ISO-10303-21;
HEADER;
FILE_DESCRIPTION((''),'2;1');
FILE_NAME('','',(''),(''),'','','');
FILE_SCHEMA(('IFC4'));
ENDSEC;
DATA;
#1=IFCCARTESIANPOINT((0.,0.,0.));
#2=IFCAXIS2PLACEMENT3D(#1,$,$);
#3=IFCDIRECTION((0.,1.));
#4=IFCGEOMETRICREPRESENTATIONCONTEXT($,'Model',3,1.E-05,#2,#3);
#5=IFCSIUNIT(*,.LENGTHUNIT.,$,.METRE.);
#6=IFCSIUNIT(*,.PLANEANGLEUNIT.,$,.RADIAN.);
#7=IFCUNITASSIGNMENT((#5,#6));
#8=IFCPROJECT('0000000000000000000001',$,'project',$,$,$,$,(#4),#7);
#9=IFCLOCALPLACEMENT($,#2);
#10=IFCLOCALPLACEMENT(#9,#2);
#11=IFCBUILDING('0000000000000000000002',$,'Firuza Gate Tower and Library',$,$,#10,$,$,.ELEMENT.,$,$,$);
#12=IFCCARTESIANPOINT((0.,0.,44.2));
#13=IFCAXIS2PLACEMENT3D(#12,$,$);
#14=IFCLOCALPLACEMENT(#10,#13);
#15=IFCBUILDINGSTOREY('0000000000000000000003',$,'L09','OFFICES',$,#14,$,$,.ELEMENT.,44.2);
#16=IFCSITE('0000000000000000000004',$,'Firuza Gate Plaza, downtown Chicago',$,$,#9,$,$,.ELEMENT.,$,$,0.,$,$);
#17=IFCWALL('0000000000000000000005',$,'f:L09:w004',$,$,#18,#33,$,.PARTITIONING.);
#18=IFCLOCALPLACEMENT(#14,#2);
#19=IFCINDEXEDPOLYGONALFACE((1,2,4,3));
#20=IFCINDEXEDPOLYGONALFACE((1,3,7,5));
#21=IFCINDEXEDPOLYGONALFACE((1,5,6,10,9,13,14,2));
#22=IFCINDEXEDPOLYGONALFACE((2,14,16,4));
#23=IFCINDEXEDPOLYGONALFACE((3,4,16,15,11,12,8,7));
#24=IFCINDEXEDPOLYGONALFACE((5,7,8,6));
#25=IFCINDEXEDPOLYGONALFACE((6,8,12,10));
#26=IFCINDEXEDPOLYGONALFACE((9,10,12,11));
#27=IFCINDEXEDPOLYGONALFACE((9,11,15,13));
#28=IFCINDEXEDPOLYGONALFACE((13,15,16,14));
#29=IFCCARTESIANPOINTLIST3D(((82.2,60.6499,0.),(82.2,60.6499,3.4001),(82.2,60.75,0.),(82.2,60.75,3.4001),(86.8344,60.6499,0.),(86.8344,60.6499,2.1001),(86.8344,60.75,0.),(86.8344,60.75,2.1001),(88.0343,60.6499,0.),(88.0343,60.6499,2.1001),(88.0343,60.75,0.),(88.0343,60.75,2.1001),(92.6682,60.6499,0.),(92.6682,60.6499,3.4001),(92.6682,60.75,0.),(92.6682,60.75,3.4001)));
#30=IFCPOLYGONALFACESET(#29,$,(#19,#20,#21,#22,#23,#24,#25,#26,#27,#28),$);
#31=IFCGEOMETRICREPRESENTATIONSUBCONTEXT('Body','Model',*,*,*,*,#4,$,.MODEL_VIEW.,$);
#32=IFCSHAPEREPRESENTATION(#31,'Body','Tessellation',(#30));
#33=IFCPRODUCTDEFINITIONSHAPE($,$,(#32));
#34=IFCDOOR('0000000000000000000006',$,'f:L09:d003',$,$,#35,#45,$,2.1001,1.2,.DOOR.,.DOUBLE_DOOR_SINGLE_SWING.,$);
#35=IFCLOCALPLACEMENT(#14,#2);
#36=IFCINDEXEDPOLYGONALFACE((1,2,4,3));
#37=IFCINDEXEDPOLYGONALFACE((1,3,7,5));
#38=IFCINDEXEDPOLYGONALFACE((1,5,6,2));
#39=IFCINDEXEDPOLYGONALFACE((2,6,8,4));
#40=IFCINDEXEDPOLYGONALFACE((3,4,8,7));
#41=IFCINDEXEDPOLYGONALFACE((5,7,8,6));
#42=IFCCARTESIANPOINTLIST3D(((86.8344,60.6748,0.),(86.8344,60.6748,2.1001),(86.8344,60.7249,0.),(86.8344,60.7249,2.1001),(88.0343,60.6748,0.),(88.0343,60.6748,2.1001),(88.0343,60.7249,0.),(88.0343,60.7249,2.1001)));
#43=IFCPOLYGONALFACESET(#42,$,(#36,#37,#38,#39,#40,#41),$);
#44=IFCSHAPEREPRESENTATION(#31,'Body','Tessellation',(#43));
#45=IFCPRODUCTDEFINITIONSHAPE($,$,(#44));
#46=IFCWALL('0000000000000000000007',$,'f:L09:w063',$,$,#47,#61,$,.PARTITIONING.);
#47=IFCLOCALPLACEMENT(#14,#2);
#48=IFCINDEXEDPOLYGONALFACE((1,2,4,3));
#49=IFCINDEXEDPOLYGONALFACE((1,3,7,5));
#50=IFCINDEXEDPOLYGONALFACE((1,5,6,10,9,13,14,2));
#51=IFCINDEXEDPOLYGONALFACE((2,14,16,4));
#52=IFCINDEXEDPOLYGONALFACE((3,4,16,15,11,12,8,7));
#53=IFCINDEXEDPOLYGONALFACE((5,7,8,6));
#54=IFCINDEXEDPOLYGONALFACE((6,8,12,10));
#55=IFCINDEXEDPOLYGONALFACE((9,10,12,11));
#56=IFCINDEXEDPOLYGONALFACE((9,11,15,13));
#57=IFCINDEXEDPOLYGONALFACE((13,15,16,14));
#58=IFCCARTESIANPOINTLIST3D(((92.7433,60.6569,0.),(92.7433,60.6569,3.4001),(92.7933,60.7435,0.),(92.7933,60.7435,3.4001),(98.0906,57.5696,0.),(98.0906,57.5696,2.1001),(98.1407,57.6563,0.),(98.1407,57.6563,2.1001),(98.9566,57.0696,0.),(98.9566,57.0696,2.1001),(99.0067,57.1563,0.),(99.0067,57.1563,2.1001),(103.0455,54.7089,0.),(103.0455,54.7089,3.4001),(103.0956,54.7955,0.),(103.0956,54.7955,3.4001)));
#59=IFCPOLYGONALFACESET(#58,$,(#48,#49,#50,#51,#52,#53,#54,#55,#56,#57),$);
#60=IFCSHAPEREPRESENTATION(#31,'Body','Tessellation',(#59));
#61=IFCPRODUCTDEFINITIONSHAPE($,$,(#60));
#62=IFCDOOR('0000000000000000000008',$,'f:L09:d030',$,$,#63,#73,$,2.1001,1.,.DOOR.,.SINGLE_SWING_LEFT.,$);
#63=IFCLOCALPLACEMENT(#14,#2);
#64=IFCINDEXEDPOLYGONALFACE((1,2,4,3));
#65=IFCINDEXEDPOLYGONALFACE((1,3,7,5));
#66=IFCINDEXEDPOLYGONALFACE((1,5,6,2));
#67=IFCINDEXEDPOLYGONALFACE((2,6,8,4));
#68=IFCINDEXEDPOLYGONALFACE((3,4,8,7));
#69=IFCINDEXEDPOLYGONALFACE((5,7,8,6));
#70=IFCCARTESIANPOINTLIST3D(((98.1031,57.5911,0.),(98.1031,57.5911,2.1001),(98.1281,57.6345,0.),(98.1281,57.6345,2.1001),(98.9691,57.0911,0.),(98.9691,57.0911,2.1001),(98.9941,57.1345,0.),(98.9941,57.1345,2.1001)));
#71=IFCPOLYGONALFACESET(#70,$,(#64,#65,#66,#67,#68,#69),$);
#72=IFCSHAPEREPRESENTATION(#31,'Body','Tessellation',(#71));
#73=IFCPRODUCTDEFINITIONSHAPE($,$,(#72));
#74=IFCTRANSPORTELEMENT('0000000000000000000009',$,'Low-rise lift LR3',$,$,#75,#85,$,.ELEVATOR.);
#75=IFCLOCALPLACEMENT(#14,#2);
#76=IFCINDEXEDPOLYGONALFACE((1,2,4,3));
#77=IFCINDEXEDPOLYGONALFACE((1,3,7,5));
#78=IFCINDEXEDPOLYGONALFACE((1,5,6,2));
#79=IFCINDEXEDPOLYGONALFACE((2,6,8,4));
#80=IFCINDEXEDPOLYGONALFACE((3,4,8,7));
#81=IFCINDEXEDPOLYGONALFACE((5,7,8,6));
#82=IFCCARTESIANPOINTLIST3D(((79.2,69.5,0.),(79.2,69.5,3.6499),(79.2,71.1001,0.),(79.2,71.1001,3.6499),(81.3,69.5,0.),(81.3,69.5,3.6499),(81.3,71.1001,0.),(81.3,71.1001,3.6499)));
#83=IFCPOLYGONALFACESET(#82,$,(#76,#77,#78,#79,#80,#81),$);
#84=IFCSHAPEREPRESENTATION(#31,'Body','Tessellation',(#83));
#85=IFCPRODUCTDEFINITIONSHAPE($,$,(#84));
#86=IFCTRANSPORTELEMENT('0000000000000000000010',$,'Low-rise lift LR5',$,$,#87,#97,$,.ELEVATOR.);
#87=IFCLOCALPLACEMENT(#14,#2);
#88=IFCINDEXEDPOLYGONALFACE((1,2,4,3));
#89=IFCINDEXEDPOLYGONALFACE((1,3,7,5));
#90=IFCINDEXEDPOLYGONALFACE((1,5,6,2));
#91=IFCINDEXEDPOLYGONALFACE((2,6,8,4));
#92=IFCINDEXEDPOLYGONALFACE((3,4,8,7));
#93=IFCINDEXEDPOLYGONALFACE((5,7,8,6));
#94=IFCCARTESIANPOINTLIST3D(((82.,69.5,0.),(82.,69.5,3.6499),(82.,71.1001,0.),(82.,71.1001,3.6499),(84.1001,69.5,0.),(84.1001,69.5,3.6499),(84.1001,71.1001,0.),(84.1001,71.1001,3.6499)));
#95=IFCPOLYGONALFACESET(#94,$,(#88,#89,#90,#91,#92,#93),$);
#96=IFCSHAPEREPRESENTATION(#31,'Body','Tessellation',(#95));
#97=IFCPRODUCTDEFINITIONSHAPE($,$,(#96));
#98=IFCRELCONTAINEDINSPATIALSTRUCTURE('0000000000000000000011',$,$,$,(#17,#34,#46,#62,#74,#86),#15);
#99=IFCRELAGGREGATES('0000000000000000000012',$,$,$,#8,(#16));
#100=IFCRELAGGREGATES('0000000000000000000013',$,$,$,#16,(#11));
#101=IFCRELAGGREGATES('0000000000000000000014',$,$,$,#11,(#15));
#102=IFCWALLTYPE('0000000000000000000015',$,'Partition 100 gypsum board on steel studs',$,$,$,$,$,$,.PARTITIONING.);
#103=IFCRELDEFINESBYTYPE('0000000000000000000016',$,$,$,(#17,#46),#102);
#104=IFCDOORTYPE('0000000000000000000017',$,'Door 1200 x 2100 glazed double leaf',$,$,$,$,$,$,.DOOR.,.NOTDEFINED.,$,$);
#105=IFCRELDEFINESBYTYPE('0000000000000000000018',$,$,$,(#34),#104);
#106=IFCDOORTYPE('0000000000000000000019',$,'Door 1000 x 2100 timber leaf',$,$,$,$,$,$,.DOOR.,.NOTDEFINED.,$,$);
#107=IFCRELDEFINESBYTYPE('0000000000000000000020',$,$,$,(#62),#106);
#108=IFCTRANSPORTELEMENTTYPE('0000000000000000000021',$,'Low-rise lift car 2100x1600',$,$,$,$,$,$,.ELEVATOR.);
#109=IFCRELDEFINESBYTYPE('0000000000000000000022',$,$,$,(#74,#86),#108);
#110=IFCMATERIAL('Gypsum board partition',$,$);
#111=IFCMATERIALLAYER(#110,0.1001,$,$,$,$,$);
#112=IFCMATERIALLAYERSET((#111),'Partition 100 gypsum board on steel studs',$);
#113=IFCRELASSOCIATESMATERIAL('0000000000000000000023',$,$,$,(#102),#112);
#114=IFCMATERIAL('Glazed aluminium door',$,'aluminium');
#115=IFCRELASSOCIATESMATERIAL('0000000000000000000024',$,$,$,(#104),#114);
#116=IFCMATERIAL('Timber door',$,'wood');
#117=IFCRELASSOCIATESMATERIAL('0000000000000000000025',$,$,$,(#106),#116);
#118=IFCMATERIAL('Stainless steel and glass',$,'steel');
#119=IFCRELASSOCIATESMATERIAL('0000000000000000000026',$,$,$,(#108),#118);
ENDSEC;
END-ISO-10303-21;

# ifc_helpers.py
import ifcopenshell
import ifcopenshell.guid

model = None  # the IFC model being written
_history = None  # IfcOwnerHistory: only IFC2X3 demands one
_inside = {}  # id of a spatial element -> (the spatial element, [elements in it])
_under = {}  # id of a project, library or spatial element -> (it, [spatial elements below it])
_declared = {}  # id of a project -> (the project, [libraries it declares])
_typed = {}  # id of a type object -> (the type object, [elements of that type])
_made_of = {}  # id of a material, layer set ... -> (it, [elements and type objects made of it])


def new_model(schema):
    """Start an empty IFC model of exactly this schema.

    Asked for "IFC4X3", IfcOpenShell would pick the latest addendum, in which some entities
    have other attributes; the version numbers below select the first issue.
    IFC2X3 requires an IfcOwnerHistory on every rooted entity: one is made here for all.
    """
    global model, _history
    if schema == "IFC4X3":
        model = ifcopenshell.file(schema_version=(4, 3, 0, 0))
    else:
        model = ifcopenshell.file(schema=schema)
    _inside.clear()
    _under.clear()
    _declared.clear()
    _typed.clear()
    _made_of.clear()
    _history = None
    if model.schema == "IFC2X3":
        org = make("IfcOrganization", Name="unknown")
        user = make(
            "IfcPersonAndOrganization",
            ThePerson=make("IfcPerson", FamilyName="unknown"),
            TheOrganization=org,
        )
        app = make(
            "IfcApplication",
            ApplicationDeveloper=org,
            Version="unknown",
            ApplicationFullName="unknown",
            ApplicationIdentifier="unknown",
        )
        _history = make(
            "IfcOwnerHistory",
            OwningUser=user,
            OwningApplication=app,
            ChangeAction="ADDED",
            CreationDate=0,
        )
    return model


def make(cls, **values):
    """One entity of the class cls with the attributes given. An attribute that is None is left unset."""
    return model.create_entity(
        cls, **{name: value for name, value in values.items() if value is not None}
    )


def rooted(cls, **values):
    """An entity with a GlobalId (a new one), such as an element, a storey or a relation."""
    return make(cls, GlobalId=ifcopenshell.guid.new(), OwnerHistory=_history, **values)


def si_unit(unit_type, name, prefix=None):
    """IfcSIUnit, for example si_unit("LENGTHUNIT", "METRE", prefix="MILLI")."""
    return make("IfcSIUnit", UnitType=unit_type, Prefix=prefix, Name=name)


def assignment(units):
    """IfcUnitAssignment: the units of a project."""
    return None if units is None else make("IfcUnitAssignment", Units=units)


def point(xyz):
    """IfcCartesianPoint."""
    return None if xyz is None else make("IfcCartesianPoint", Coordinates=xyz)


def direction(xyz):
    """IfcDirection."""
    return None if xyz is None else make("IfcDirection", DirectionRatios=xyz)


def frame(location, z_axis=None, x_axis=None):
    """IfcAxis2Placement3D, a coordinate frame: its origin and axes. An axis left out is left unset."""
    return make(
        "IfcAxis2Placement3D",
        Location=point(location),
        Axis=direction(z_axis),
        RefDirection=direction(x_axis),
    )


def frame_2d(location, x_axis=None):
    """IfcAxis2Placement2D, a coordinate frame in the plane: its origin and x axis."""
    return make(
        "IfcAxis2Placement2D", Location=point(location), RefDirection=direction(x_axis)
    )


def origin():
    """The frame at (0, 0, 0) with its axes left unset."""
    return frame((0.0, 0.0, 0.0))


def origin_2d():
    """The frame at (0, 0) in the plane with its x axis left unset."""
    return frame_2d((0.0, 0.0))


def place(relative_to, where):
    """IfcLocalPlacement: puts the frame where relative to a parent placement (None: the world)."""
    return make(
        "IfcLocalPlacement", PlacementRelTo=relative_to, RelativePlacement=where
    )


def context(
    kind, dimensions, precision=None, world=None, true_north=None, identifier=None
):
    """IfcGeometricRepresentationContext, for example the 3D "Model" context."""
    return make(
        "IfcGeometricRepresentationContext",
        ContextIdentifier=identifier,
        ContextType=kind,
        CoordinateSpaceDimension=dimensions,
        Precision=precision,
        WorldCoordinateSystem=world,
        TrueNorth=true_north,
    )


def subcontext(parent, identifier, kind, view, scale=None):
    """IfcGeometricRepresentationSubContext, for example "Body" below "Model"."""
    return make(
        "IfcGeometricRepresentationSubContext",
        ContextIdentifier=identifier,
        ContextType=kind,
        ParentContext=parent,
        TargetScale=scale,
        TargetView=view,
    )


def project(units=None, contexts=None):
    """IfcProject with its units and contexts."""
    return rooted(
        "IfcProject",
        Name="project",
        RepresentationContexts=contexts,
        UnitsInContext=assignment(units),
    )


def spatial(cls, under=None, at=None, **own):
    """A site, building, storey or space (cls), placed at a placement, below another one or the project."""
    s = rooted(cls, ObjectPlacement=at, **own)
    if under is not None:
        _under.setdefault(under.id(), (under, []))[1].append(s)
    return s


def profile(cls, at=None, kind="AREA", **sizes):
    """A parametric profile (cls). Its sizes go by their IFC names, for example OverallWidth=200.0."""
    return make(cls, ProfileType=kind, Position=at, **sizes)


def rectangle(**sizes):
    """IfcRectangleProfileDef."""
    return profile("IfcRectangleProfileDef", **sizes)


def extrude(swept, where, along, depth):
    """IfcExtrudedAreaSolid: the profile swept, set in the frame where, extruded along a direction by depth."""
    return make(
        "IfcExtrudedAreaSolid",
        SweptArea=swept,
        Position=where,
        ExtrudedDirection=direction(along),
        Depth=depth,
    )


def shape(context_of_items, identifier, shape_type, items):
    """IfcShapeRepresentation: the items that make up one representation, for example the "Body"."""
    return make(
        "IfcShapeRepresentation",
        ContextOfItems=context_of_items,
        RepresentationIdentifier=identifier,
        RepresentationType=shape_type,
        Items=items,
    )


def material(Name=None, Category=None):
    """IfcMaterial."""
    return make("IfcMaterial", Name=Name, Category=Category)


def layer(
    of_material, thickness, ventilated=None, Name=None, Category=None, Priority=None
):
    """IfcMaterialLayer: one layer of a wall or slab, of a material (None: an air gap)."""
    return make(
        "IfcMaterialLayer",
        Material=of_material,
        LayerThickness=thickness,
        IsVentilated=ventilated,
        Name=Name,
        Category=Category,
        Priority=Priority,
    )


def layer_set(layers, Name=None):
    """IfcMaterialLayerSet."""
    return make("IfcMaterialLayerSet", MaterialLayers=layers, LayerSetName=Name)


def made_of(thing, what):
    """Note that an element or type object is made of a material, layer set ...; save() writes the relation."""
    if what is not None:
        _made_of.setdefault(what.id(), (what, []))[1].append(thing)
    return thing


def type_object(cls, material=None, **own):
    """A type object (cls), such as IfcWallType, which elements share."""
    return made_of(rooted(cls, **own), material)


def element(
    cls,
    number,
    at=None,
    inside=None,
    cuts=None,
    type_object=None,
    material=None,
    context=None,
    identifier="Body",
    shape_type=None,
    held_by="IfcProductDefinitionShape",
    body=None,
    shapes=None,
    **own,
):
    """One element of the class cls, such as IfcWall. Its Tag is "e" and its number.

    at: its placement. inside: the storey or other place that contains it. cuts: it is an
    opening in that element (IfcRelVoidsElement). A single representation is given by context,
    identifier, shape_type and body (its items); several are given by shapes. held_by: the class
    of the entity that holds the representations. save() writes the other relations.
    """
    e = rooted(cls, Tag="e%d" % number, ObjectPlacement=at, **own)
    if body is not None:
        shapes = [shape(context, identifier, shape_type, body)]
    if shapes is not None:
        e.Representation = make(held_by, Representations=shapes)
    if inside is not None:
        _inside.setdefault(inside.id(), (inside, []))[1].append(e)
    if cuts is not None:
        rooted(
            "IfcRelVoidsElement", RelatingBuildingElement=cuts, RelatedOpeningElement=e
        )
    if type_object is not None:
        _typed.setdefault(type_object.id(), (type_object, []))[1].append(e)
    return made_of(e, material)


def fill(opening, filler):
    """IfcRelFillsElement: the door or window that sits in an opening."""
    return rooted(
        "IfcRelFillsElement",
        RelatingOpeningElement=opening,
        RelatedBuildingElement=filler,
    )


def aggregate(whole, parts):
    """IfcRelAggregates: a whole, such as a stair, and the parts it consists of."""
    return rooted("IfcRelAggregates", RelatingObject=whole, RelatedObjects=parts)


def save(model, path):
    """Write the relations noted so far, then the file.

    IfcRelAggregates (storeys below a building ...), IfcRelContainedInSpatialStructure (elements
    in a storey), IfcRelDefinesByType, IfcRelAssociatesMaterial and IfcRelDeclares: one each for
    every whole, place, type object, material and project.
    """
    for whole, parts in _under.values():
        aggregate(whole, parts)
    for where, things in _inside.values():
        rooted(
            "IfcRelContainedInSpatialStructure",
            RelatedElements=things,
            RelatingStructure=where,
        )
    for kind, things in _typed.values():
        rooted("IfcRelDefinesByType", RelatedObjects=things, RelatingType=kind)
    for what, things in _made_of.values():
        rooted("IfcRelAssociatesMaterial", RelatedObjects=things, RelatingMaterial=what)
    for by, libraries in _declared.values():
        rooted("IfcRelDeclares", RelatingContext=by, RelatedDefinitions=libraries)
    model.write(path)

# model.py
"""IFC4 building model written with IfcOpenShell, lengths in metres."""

from ifc_helpers import new_model, si_unit, direction, frame, frame_2d, origin, origin_2d, place, context, subcontext, project, spatial, rectangle, extrude, material, layer, layer_set, type_object, element, fill, save


model = new_model("IFC4")

# Units and contexts
model_context = context("Model", 3, precision=1e-05, world=origin(), true_north=direction((0.0, 1.0)))
body_context = subcontext(model_context, "Body", "Model", "MODEL_VIEW")
ifc_project = project(units=[si_unit("LENGTHUNIT", "METRE"), si_unit("PLANEANGLEUNIT", "RADIAN")], contexts=[model_context])

# Site, building, storey
site_placement = place(None, origin())
site = spatial("IfcSite", under=ifc_project, at=site_placement, Name="Firuza Gate Plaza, downtown Chicago", CompositionType="ELEMENT", RefElevation=0.0)
building_placement = place(site_placement, origin())
building = spatial("IfcBuilding", under=site, at=building_placement, Name="Firuza Gate Tower and Library", CompositionType="ELEMENT")
storey_placement = place(building_placement, frame((0.0, 0.0, 44.2)))
storey = spatial("IfcBuildingStorey", under=building, at=storey_placement, Name="L09", Description="OFFICES", CompositionType="ELEMENT", Elevation=44.2)

# Walls, openings, doors
ifc_material_1 = material(Name="Gypsum board partition")
ifc_layer_1 = layer(ifc_material_1, 0.1001)
ifc_layer_set_1 = layer_set([ifc_layer_1], Name="Partition 100 gypsum board on steel studs")
wall_type_1 = type_object("IfcWallType", Name="Partition 100 gypsum board on steel studs", PredefinedType="PARTITIONING", material=ifc_layer_set_1)
wall_1_placement = place(storey_placement, frame((82.2, 60.7, 0.0), z_axis=(0.0, 0.0, 1.0), x_axis=(1.0, 0.0, 0.0)))
wall_1 = element("IfcWall", 1, at=wall_1_placement, inside=storey, type_object=wall_type_1, Name="f:L09:w004", PredefinedType="PARTITIONING", context=body_context, shape_type="SweptSolid", body=[
    extrude(rectangle(XDim=10.4683, YDim=0.1001, at=frame_2d((5.2341, 0.0))), origin(), (0.0, 0.0, 1.0), 3.4001),
])
opening_1_placement = place(wall_1_placement, frame((4.6343, 0.0, 0.0)))
opening_1 = element("IfcOpeningElement", 2, at=opening_1_placement, cuts=wall_1, PredefinedType="OPENING", context=body_context, shape_type="SweptSolid", body=[
    extrude(rectangle(XDim=1.2, YDim=2.1001, at=frame_2d((0.6001, 1.05))), frame((0.0, 0.0601, 0.0), z_axis=(0.0, -1.0, 0.0), x_axis=(1.0, 0.0, 0.0)), (0.0, 0.0, 1.0), 0.1201),
])
ifc_material_2 = material(Name="Glazed aluminium door", Category="aluminium")
door_type_1 = type_object("IfcDoorType", Name="Door 1200 x 2100 glazed double leaf", OperationType="NOTDEFINED", PredefinedType="DOOR", material=ifc_material_2)
door_1_placement = place(opening_1_placement, origin())
door_1 = element("IfcDoor", 3, at=door_1_placement, inside=storey, type_object=door_type_1, Name="f:L09:d003", OperationType="DOUBLE_DOOR_SINGLE_SWING", OverallHeight=2.1001, OverallWidth=1.2, PredefinedType="DOOR", context=body_context, shape_type="SweptSolid", body=[
    extrude(rectangle(XDim=1.2, YDim=2.1001, at=frame_2d((0.6001, 1.05))), frame((0.0, 0.0249, 0.0), z_axis=(0.0, -1.0, 0.0), x_axis=(1.0, 0.0, 0.0)), (0.0, 0.0, 1.0), 0.05),
])
fill(opening_1, door_1)
wall_2_placement = place(storey_placement, frame((92.7683, 60.7002, 0.0), z_axis=(0.0, 0.0, 1.0), x_axis=(0.866026, -0.5, 0.0)))
wall_2 = element("IfcWall", 4, at=wall_2_placement, inside=storey, type_object=wall_type_1, Name="f:L09:w063", PredefinedType="PARTITIONING", context=body_context, shape_type="SweptSolid", body=[
    extrude(rectangle(XDim=11.896, YDim=0.1001, at=frame_2d((5.948, 0.0))), origin(), (0.0, 0.0, 1.0), 3.4001),
])
opening_2_placement = place(wall_2_placement, frame((6.1746, 0.0, 0.0)))
opening_2 = element("IfcOpeningElement", 5, at=opening_2_placement, cuts=wall_2, PredefinedType="OPENING", context=body_context, shape_type="SweptSolid", body=[
    extrude(rectangle(XDim=1.0, YDim=2.1001, at=frame_2d((0.5, 1.05))), frame((0.0, 0.0601, 0.0), z_axis=(0.0, -1.0, 0.0), x_axis=(1.0, 0.0, 0.0)), (0.0, 0.0, 1.0), 0.1201),
])
ifc_material_3 = material(Name="Timber door", Category="wood")
door_type_2 = type_object("IfcDoorType", Name="Door 1000 x 2100 timber leaf", OperationType="NOTDEFINED", PredefinedType="DOOR", material=ifc_material_3)
door_2_placement = place(opening_2_placement, origin())
door_2 = element("IfcDoor", 6, at=door_2_placement, inside=storey, type_object=door_type_2, Name="f:L09:d030", OperationType="SINGLE_SWING_LEFT", OverallHeight=2.1001, OverallWidth=1.0, PredefinedType="DOOR", context=body_context, shape_type="SweptSolid", body=[
    extrude(rectangle(XDim=1.0, YDim=2.1001, at=frame_2d((0.5, 1.05))), frame((0.0, 0.0249, 0.0), z_axis=(0.0, -1.0, 0.0), x_axis=(1.0, 0.0, 0.0)), (0.0, 0.0, 1.0), 0.05),
])
fill(opening_2, door_2)

# Transport elements
ifc_material_4 = material(Name="Stainless steel and glass", Category="steel")
transport_element_type = type_object("IfcTransportElementType", Name="Low-rise lift car 2100x1600", PredefinedType="ELEVATOR", material=ifc_material_4)
for number, where, z_axis, x_axis, name in (
    (7, (80.25, 70.3, 0.0), (0.0, 0.0, 1.0), (1.0, 0.0, 0.0), "Low-rise lift LR3"),
    (8, (83.05, 70.3, 0.0), (0.0, 0.0, 1.0), (1.0, 0.0, 0.0), "Low-rise lift LR5"),
):
    element("IfcTransportElement", number, at=place(storey_placement, frame(where, z_axis=z_axis, x_axis=x_axis)), inside=storey, type_object=transport_element_type, Name=name, PredefinedType="ELEVATOR", context=body_context, shape_type="SweptSolid", body=[
        extrude(rectangle(XDim=2.1001, YDim=1.6001, at=origin_2d()), origin(), (0.0, 0.0, 1.0), 3.6499),
    ])

save(model, "model.ifc")
